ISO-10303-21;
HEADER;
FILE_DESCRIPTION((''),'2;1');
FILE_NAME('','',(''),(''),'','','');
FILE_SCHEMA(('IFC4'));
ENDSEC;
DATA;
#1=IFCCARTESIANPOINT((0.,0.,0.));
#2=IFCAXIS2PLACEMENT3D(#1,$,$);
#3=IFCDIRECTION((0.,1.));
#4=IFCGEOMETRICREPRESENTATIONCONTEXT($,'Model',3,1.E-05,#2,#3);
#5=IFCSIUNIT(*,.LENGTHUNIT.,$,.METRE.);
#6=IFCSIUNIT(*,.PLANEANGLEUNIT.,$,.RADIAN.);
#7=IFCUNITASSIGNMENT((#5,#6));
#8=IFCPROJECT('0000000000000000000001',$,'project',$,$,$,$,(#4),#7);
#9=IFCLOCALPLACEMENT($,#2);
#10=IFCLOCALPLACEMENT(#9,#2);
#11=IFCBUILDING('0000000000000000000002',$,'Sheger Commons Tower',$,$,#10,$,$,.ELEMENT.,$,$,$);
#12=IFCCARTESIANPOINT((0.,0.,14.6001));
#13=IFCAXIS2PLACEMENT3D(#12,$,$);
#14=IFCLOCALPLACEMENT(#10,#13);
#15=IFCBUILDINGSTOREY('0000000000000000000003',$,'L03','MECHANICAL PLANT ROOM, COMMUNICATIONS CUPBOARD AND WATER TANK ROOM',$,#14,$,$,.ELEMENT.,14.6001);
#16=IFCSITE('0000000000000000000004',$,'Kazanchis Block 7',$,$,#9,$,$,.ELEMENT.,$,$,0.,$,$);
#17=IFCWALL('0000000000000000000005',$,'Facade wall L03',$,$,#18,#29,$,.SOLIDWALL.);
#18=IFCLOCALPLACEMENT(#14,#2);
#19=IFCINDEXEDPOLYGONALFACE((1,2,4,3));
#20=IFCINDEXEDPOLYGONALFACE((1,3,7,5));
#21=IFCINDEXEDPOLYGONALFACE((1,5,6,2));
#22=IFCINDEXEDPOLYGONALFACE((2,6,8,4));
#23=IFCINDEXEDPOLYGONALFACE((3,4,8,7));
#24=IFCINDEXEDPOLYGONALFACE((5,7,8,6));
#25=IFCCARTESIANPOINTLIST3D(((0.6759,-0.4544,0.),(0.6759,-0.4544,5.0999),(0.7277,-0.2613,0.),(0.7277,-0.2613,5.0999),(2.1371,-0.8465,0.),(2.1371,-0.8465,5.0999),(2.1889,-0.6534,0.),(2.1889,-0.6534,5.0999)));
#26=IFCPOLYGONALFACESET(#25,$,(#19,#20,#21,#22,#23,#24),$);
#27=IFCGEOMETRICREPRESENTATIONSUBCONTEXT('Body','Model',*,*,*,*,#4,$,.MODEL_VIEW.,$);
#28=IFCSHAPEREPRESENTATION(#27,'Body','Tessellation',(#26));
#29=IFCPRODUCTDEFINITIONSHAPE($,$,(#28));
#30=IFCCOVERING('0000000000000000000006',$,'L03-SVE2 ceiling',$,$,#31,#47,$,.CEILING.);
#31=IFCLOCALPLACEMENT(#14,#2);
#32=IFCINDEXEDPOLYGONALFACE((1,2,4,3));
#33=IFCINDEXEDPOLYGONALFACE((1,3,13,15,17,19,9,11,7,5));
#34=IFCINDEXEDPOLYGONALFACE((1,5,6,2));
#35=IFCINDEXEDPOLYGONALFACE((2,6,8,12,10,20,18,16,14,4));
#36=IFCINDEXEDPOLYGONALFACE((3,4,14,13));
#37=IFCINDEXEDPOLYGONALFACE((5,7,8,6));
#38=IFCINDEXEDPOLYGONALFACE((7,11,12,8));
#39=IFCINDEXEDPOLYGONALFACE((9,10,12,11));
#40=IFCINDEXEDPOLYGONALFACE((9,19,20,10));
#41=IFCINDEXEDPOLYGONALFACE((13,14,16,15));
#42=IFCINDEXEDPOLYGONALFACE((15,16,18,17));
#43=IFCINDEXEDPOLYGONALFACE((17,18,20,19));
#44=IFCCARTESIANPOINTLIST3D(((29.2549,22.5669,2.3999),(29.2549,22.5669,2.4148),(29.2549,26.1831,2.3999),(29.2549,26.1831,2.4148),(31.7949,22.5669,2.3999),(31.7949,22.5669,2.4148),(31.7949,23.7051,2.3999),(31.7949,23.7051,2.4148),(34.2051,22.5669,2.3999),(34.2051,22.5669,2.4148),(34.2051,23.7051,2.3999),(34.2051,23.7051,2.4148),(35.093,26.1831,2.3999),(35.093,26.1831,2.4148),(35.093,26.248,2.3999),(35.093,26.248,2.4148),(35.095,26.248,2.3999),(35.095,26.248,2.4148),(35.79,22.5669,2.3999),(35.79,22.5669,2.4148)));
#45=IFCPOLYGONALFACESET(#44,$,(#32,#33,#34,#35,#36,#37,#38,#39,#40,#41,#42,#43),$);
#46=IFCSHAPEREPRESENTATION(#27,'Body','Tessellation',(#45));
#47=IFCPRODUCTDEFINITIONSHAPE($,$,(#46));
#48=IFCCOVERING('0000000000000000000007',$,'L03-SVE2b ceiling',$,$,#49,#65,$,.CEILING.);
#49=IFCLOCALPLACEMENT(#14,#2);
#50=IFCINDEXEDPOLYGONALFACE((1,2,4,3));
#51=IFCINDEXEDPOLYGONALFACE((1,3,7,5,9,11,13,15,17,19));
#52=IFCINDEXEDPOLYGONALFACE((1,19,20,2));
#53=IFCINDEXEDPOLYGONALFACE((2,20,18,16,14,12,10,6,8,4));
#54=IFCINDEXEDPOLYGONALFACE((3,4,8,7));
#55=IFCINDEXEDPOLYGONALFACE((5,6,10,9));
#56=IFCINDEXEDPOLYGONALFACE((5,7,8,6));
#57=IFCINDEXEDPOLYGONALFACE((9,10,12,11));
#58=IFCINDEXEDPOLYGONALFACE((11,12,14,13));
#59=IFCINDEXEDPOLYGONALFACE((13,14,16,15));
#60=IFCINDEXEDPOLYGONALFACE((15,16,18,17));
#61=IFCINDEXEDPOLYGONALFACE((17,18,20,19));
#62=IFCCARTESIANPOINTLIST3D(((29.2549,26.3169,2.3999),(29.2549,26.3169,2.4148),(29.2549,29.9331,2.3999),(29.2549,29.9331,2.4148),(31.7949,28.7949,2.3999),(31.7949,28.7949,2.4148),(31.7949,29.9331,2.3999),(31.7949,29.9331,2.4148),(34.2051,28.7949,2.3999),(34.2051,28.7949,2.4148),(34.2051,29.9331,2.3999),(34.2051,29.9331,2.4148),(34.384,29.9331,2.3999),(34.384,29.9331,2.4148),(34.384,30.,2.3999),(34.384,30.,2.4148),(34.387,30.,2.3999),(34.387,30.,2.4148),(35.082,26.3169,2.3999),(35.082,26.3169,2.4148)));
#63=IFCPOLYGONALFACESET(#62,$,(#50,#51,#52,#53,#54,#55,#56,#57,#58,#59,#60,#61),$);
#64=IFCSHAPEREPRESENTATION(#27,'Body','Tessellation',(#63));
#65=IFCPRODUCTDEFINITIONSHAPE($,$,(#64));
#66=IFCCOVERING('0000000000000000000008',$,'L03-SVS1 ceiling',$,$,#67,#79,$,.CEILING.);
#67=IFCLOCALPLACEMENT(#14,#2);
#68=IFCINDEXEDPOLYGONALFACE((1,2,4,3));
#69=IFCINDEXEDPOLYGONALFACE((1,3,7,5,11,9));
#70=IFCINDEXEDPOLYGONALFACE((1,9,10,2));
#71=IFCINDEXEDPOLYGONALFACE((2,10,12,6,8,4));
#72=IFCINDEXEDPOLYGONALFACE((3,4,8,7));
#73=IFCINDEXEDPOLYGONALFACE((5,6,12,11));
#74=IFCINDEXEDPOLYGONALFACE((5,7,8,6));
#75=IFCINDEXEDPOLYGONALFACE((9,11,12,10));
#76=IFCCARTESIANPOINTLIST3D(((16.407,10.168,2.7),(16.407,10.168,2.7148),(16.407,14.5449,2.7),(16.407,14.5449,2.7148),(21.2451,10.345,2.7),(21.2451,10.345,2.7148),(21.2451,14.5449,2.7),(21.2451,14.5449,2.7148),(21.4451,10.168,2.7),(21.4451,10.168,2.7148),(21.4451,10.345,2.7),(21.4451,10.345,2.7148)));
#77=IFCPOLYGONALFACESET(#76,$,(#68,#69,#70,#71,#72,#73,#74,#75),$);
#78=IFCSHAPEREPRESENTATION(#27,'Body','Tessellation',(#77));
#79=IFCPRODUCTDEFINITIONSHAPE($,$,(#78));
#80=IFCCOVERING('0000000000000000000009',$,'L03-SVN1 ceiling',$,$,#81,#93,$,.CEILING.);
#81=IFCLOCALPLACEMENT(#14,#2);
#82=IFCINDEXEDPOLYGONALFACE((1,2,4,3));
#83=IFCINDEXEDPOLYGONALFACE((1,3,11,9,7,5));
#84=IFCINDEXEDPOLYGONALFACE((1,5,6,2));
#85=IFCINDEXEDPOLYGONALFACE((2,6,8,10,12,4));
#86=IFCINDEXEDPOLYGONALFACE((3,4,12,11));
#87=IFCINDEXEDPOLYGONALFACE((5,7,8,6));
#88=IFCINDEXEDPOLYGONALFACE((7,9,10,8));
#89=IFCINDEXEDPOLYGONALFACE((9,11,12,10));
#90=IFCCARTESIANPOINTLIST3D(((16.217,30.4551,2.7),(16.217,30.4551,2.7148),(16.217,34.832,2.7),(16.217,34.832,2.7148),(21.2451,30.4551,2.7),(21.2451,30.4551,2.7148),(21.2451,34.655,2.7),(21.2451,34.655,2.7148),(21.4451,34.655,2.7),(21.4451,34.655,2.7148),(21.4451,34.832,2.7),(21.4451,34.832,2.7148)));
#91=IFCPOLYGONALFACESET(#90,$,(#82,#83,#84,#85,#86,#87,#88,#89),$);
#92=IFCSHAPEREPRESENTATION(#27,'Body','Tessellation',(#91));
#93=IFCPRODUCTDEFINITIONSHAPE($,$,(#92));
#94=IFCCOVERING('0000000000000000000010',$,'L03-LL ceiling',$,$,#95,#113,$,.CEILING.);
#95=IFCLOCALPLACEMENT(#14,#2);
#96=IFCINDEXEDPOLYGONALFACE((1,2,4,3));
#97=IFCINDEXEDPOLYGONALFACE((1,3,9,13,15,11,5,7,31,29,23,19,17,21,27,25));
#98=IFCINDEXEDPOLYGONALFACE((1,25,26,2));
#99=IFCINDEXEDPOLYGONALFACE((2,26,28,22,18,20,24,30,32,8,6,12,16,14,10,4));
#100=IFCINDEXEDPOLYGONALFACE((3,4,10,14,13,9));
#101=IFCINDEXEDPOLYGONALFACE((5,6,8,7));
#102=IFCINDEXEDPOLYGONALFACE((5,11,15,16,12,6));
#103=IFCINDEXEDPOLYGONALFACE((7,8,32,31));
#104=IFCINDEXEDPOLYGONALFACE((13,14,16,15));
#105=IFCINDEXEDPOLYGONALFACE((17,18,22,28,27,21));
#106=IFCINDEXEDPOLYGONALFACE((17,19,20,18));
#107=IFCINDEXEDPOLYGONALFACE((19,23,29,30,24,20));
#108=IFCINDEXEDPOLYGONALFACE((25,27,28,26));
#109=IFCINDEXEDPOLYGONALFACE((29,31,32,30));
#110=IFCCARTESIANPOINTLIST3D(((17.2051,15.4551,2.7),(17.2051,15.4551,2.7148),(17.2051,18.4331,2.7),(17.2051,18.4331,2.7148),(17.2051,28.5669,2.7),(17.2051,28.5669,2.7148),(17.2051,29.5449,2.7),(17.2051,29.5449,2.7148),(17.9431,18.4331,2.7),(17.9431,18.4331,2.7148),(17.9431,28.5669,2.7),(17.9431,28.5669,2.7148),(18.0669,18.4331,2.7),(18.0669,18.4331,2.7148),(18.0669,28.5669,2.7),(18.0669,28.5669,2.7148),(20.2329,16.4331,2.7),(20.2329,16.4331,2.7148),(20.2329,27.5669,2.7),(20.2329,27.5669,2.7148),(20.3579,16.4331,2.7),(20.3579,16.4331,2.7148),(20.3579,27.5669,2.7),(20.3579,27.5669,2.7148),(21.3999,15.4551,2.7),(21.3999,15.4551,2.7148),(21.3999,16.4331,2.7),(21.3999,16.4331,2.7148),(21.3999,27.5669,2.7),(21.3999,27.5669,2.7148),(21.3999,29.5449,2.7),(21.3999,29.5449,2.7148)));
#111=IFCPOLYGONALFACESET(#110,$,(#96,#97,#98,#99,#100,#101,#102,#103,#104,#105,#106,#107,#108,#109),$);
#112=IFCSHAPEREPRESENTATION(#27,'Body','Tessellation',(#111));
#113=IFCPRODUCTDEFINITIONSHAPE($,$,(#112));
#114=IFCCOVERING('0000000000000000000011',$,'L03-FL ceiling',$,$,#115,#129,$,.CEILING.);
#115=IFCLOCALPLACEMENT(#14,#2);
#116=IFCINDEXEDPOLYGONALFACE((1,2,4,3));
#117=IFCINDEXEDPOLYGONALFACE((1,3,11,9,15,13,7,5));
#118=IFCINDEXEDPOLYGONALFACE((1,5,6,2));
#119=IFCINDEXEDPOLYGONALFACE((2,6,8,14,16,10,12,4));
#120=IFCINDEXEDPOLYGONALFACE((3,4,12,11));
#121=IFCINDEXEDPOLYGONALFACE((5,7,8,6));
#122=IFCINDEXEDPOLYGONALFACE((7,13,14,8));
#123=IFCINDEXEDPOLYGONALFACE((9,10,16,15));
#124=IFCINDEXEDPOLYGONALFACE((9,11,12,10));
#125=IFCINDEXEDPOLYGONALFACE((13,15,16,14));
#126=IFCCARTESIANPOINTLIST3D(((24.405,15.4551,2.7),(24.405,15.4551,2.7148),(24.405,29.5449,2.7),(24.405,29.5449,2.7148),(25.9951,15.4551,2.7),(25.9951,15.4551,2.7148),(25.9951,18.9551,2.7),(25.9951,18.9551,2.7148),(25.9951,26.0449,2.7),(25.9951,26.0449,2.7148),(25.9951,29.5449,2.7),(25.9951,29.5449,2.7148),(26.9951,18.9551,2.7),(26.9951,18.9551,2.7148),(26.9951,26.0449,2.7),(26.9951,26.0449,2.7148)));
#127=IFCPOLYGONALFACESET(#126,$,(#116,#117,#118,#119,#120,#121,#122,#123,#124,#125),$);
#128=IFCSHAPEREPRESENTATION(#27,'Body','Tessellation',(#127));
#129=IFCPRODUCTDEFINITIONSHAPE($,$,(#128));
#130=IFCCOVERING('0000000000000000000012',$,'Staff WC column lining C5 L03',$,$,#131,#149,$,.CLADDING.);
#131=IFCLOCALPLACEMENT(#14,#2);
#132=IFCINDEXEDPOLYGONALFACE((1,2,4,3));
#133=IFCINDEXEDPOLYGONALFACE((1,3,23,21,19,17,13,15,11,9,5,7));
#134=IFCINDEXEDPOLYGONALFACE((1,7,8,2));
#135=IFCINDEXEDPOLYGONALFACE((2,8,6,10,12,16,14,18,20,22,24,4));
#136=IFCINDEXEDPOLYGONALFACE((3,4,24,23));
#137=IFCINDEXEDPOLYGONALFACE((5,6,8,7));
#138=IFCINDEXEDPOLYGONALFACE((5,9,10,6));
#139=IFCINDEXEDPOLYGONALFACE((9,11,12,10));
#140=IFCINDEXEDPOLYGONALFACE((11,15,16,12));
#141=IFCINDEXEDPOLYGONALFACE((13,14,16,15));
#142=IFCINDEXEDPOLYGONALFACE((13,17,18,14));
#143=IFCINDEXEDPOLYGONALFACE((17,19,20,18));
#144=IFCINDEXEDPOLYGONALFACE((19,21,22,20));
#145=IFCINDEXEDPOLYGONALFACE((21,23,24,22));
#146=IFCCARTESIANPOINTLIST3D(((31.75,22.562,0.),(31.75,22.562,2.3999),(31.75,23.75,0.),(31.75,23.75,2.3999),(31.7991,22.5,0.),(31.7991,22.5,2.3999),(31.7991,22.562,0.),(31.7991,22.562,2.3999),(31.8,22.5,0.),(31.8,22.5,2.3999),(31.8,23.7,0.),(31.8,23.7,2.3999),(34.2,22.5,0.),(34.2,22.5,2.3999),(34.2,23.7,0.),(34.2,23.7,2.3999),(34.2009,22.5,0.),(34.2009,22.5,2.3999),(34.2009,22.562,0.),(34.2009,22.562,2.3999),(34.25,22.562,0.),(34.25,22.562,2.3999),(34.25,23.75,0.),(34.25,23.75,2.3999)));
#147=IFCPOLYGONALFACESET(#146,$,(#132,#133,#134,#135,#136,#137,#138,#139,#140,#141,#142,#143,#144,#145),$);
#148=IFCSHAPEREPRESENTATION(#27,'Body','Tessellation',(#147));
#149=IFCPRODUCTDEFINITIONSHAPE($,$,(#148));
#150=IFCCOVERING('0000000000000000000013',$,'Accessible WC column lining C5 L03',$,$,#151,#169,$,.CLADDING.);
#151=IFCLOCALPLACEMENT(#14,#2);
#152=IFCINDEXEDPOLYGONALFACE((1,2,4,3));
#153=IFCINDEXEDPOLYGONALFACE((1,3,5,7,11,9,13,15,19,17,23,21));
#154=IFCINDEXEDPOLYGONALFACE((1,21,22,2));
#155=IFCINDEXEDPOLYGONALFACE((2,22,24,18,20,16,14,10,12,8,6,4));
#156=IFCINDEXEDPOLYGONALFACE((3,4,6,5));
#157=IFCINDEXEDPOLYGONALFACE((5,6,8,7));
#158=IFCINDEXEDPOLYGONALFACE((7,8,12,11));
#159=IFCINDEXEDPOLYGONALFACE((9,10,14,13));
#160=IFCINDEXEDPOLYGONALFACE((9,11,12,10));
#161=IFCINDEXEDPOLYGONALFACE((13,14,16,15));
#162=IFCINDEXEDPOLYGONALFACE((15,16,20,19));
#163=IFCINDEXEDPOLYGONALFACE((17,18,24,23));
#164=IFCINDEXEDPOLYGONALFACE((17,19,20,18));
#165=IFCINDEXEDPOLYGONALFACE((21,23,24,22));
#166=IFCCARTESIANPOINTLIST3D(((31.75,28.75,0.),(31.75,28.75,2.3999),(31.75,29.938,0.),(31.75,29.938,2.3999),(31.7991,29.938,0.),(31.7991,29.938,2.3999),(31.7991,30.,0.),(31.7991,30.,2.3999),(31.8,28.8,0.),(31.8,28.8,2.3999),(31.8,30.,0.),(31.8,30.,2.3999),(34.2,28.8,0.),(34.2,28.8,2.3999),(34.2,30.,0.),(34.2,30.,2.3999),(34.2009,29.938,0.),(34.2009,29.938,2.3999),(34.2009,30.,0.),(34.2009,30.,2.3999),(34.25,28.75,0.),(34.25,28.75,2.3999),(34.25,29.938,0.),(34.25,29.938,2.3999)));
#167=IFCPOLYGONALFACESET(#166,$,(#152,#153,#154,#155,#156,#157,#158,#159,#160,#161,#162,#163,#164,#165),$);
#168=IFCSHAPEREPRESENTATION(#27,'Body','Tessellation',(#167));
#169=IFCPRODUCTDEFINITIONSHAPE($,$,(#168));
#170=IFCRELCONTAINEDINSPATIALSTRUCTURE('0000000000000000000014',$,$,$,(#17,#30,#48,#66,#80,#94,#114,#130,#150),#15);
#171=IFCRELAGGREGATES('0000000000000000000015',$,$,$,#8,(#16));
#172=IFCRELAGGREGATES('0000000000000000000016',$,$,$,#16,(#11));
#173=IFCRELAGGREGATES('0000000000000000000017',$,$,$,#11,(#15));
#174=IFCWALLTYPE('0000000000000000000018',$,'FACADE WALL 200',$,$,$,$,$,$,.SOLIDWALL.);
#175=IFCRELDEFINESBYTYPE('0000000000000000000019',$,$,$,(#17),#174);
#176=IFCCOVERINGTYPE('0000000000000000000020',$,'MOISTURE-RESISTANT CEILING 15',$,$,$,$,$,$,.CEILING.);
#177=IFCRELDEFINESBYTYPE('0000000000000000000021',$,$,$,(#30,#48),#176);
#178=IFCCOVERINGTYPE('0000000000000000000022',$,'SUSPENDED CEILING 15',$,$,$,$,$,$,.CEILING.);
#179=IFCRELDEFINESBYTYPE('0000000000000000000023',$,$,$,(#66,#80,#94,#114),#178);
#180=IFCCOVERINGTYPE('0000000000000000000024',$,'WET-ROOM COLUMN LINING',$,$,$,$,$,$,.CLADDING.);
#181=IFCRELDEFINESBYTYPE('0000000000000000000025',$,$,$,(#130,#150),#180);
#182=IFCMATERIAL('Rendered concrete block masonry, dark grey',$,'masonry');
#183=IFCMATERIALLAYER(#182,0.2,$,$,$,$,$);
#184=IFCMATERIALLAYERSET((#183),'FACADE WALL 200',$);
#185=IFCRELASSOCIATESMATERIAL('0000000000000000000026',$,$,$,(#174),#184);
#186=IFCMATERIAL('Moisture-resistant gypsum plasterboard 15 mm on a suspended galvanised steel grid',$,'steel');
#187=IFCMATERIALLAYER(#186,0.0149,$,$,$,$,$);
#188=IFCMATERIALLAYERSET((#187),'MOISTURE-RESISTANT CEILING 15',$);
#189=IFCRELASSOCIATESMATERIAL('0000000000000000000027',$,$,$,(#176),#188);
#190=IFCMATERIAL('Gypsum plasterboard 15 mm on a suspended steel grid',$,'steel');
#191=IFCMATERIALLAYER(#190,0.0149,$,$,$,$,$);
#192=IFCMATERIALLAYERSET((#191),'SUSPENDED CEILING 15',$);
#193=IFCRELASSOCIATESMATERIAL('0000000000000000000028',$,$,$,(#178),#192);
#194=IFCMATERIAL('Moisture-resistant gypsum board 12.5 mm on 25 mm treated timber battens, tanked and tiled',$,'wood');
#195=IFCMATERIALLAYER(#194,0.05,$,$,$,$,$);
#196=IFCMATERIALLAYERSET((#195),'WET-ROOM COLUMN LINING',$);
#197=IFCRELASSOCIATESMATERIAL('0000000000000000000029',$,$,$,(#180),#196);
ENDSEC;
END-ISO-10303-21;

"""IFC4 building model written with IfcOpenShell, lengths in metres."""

from ifc_helpers import new_model, si_unit, direction, frame, frame_2d, origin, place, context, subcontext, project, spatial, polyline, rectangle, outline, extrude, material, layer, layer_set, type_object, element, save


model = new_model("IFC4")

# Units and contexts
model_context = context("Model", 3, precision=1e-05, world=origin(), true_north=direction((0.0, 1.0)))
body_context = subcontext(model_context, "Body", "Model", "MODEL_VIEW")
ifc_project = project(units=[si_unit("LENGTHUNIT", "METRE"), si_unit("PLANEANGLEUNIT", "RADIAN")], contexts=[model_context])

# Site, building, storey
site_placement = place(None, origin())
site = spatial("IfcSite", under=ifc_project, at=site_placement, Name="Kazanchis Block 7", CompositionType="ELEMENT", RefElevation=0.0)
building_placement = place(site_placement, origin())
building = spatial("IfcBuilding", under=site, at=building_placement, Name="Sheger Commons Tower", CompositionType="ELEMENT")
storey_placement = place(building_placement, frame((0.0, 0.0, 14.6001)))
storey = spatial("IfcBuildingStorey", under=building, at=storey_placement, Name="L03", Description="MECHANICAL PLANT ROOM, COMMUNICATIONS CUPBOARD AND WATER TANK ROOM", CompositionType="ELEMENT", Elevation=14.6001)

# Shared definitions
ifc_material_1 = material(Name="Rendered concrete block masonry, dark grey", Category="masonry")
ifc_layer_1 = layer(ifc_material_1, 0.2)
ifc_layer_set_1 = layer_set([ifc_layer_1], Name="FACADE WALL 200")
wall_type = type_object("IfcWallType", Name="FACADE WALL 200", PredefinedType="SOLIDWALL", material=ifc_layer_set_1)

# Wall
wall_1_placement = place(storey_placement, frame((0.7019, -0.3579, 0.0), z_axis=(0.0, 0.0, 1.0), x_axis=(0.965832, -0.259169, 0.0)))
element("IfcWall", 1, at=wall_1_placement, inside=storey, type_object=wall_type, Name="Facade wall L03", PredefinedType="SOLIDWALL", context=body_context, shape_type="SweptSolid", body=[
    extrude(rectangle(XDim=1.5129, YDim=0.2, at=frame_2d((0.7563, 0.0))), origin(), (0.0, 0.0, 1.0), 5.0999),
])

# Coverings
ifc_material_2 = material(Name="Moisture-resistant gypsum plasterboard 15 mm on a suspended galvanised steel grid", Category="steel")
ifc_layer_2 = layer(ifc_material_2, 0.0149)
ifc_layer_set_2 = layer_set([ifc_layer_2], Name="MOISTURE-RESISTANT CEILING 15")
covering_type_1 = type_object("IfcCoveringType", Name="MOISTURE-RESISTANT CEILING 15", PredefinedType="CEILING", material=ifc_layer_set_2)
covering_1_placement = place(storey_placement, frame((0.0, 0.0, 2.3999)))
element("IfcCovering", 2, at=covering_1_placement, inside=storey, type_object=covering_type_1, Name="L03-SVE2 ceiling", PredefinedType="CEILING", context=body_context, shape_type="SweptSolid", body=[
    extrude(outline(polyline([(29.2549, 22.5669), (31.7949, 22.5669), (31.7949, 23.7051), (34.2051, 23.7051), (34.2051, 22.5669), (35.79, 22.5669), (35.095, 26.248), (35.093, 26.248), (35.093, 26.1831), (29.2549, 26.1831), (29.2549, 22.5669)])), origin(), (0.0, 0.0, 1.0), 0.0149),
])
covering_2_placement = place(storey_placement, frame((0.0, 0.0, 2.3999)))
element("IfcCovering", 3, at=covering_2_placement, inside=storey, type_object=covering_type_1, Name="L03-SVE2b ceiling", PredefinedType="CEILING", context=body_context, shape_type="SweptSolid", body=[
    extrude(outline(polyline([(29.2549, 26.3169), (35.082, 26.3169), (34.387, 30.0), (34.384, 30.0), (34.384, 29.9331), (34.2051, 29.9331), (34.2051, 28.7949), (31.7949, 28.7949), (31.7949, 29.9331), (29.2549, 29.9331), (29.2549, 26.3169)])), origin(), (0.0, 0.0, 1.0), 0.0149),
])
ifc_material_3 = material(Name="Gypsum plasterboard 15 mm on a suspended steel grid", Category="steel")
ifc_layer_3 = layer(ifc_material_3, 0.0149)
ifc_layer_set_3 = layer_set([ifc_layer_3], Name="SUSPENDED CEILING 15")
covering_type_2 = type_object("IfcCoveringType", Name="SUSPENDED CEILING 15", PredefinedType="CEILING", material=ifc_layer_set_3)
covering_3_placement = place(storey_placement, frame((0.0, 0.0, 2.7)))
element("IfcCovering", 4, at=covering_3_placement, inside=storey, type_object=covering_type_2, Name="L03-SVS1 ceiling", PredefinedType="CEILING", context=body_context, shape_type="SweptSolid", body=[
    extrude(outline(polyline([(16.407, 10.168), (21.4451, 10.168), (21.4451, 10.345), (21.2451, 10.345), (21.2451, 14.5449), (16.407, 14.5449), (16.407, 10.168)])), origin(), (0.0, 0.0, 1.0), 0.0149),
])
covering_4_placement = place(storey_placement, frame((0.0, 0.0, 2.7)))
element("IfcCovering", 5, at=covering_4_placement, inside=storey, type_object=covering_type_2, Name="L03-SVN1 ceiling", PredefinedType="CEILING", context=body_context, shape_type="SweptSolid", body=[
    extrude(outline(polyline([(16.217, 30.4551), (21.2451, 30.4551), (21.2451, 34.655), (21.4451, 34.655), (21.4451, 34.832), (16.217, 34.832), (16.217, 30.4551)])), origin(), (0.0, 0.0, 1.0), 0.0149),
])
covering_5_placement = place(storey_placement, frame((0.0, 0.0, 2.7)))
element("IfcCovering", 6, at=covering_5_placement, inside=storey, type_object=covering_type_2, Name="L03-LL ceiling", PredefinedType="CEILING", context=body_context, shape_type="SweptSolid", body=[
    extrude(outline(polyline([(17.2051, 15.4551), (21.3999, 15.4551), (21.3999, 16.4331), (20.3579, 16.4331), (20.2329, 16.4331), (20.2329, 27.5669), (20.3579, 27.5669), (21.3999, 27.5669), (21.3999, 29.5449), (17.2051, 29.5449), (17.2051, 28.5669), (17.9431, 28.5669), (18.0669, 28.5669), (18.0669, 18.4331), (17.9431, 18.4331), (17.2051, 18.4331), (17.2051, 15.4551)])), origin(), (0.0, 0.0, 1.0), 0.0149),
])
covering_6_placement = place(storey_placement, frame((0.0, 0.0, 2.7)))
element("IfcCovering", 7, at=covering_6_placement, inside=storey, type_object=covering_type_2, Name="L03-FL ceiling", PredefinedType="CEILING", context=body_context, shape_type="SweptSolid", body=[
    extrude(outline(polyline([(24.405, 15.4551), (25.9951, 15.4551), (25.9951, 18.9551), (26.9951, 18.9551), (26.9951, 26.0449), (25.9951, 26.0449), (25.9951, 29.5449), (24.405, 29.5449), (24.405, 15.4551)])), origin(), (0.0, 0.0, 1.0), 0.0149),
])
ifc_material_4 = material(Name="Moisture-resistant gypsum board 12.5 mm on 25 mm treated timber battens, tanked and tiled", Category="wood")
ifc_layer_4 = layer(ifc_material_4, 0.05)
ifc_layer_set_4 = layer_set([ifc_layer_4], Name="WET-ROOM COLUMN LINING")
covering_type_3 = type_object("IfcCoveringType", Name="WET-ROOM COLUMN LINING", PredefinedType="CLADDING", material=ifc_layer_set_4)
covering_7_placement = place(storey_placement, origin())
element("IfcCovering", 8, at=covering_7_placement, inside=storey, type_object=covering_type_3, Name="Staff WC column lining C5 L03", PredefinedType="CLADDING", context=body_context, shape_type="SweptSolid", body=[
    extrude(outline(polyline([(34.25, 23.75), (34.25, 22.562), (34.2009, 22.562), (34.2009, 22.5), (34.2, 22.5), (34.2, 23.7), (31.8, 23.7), (31.8, 22.5), (31.7991, 22.5), (31.7991, 22.562), (31.75, 22.562), (31.75, 23.75), (34.25, 23.75)])), origin(), (0.0, 0.0, 1.0), 2.3999),
])
covering_8_placement = place(storey_placement, origin())
element("IfcCovering", 9, at=covering_8_placement, inside=storey, type_object=covering_type_3, Name="Accessible WC column lining C5 L03", PredefinedType="CLADDING", context=body_context, shape_type="SweptSolid", body=[
    extrude(outline(polyline([(31.8, 30.0), (31.8, 28.8), (34.2, 28.8), (34.2, 30.0), (34.2009, 30.0), (34.2009, 29.938), (34.25, 29.938), (34.25, 28.75), (31.75, 28.75), (31.75, 29.938), (31.7991, 29.938), (31.7991, 30.0), (31.8, 30.0)])), origin(), (0.0, 0.0, 1.0), 2.3999),
])

save(model, "model.ifc")
